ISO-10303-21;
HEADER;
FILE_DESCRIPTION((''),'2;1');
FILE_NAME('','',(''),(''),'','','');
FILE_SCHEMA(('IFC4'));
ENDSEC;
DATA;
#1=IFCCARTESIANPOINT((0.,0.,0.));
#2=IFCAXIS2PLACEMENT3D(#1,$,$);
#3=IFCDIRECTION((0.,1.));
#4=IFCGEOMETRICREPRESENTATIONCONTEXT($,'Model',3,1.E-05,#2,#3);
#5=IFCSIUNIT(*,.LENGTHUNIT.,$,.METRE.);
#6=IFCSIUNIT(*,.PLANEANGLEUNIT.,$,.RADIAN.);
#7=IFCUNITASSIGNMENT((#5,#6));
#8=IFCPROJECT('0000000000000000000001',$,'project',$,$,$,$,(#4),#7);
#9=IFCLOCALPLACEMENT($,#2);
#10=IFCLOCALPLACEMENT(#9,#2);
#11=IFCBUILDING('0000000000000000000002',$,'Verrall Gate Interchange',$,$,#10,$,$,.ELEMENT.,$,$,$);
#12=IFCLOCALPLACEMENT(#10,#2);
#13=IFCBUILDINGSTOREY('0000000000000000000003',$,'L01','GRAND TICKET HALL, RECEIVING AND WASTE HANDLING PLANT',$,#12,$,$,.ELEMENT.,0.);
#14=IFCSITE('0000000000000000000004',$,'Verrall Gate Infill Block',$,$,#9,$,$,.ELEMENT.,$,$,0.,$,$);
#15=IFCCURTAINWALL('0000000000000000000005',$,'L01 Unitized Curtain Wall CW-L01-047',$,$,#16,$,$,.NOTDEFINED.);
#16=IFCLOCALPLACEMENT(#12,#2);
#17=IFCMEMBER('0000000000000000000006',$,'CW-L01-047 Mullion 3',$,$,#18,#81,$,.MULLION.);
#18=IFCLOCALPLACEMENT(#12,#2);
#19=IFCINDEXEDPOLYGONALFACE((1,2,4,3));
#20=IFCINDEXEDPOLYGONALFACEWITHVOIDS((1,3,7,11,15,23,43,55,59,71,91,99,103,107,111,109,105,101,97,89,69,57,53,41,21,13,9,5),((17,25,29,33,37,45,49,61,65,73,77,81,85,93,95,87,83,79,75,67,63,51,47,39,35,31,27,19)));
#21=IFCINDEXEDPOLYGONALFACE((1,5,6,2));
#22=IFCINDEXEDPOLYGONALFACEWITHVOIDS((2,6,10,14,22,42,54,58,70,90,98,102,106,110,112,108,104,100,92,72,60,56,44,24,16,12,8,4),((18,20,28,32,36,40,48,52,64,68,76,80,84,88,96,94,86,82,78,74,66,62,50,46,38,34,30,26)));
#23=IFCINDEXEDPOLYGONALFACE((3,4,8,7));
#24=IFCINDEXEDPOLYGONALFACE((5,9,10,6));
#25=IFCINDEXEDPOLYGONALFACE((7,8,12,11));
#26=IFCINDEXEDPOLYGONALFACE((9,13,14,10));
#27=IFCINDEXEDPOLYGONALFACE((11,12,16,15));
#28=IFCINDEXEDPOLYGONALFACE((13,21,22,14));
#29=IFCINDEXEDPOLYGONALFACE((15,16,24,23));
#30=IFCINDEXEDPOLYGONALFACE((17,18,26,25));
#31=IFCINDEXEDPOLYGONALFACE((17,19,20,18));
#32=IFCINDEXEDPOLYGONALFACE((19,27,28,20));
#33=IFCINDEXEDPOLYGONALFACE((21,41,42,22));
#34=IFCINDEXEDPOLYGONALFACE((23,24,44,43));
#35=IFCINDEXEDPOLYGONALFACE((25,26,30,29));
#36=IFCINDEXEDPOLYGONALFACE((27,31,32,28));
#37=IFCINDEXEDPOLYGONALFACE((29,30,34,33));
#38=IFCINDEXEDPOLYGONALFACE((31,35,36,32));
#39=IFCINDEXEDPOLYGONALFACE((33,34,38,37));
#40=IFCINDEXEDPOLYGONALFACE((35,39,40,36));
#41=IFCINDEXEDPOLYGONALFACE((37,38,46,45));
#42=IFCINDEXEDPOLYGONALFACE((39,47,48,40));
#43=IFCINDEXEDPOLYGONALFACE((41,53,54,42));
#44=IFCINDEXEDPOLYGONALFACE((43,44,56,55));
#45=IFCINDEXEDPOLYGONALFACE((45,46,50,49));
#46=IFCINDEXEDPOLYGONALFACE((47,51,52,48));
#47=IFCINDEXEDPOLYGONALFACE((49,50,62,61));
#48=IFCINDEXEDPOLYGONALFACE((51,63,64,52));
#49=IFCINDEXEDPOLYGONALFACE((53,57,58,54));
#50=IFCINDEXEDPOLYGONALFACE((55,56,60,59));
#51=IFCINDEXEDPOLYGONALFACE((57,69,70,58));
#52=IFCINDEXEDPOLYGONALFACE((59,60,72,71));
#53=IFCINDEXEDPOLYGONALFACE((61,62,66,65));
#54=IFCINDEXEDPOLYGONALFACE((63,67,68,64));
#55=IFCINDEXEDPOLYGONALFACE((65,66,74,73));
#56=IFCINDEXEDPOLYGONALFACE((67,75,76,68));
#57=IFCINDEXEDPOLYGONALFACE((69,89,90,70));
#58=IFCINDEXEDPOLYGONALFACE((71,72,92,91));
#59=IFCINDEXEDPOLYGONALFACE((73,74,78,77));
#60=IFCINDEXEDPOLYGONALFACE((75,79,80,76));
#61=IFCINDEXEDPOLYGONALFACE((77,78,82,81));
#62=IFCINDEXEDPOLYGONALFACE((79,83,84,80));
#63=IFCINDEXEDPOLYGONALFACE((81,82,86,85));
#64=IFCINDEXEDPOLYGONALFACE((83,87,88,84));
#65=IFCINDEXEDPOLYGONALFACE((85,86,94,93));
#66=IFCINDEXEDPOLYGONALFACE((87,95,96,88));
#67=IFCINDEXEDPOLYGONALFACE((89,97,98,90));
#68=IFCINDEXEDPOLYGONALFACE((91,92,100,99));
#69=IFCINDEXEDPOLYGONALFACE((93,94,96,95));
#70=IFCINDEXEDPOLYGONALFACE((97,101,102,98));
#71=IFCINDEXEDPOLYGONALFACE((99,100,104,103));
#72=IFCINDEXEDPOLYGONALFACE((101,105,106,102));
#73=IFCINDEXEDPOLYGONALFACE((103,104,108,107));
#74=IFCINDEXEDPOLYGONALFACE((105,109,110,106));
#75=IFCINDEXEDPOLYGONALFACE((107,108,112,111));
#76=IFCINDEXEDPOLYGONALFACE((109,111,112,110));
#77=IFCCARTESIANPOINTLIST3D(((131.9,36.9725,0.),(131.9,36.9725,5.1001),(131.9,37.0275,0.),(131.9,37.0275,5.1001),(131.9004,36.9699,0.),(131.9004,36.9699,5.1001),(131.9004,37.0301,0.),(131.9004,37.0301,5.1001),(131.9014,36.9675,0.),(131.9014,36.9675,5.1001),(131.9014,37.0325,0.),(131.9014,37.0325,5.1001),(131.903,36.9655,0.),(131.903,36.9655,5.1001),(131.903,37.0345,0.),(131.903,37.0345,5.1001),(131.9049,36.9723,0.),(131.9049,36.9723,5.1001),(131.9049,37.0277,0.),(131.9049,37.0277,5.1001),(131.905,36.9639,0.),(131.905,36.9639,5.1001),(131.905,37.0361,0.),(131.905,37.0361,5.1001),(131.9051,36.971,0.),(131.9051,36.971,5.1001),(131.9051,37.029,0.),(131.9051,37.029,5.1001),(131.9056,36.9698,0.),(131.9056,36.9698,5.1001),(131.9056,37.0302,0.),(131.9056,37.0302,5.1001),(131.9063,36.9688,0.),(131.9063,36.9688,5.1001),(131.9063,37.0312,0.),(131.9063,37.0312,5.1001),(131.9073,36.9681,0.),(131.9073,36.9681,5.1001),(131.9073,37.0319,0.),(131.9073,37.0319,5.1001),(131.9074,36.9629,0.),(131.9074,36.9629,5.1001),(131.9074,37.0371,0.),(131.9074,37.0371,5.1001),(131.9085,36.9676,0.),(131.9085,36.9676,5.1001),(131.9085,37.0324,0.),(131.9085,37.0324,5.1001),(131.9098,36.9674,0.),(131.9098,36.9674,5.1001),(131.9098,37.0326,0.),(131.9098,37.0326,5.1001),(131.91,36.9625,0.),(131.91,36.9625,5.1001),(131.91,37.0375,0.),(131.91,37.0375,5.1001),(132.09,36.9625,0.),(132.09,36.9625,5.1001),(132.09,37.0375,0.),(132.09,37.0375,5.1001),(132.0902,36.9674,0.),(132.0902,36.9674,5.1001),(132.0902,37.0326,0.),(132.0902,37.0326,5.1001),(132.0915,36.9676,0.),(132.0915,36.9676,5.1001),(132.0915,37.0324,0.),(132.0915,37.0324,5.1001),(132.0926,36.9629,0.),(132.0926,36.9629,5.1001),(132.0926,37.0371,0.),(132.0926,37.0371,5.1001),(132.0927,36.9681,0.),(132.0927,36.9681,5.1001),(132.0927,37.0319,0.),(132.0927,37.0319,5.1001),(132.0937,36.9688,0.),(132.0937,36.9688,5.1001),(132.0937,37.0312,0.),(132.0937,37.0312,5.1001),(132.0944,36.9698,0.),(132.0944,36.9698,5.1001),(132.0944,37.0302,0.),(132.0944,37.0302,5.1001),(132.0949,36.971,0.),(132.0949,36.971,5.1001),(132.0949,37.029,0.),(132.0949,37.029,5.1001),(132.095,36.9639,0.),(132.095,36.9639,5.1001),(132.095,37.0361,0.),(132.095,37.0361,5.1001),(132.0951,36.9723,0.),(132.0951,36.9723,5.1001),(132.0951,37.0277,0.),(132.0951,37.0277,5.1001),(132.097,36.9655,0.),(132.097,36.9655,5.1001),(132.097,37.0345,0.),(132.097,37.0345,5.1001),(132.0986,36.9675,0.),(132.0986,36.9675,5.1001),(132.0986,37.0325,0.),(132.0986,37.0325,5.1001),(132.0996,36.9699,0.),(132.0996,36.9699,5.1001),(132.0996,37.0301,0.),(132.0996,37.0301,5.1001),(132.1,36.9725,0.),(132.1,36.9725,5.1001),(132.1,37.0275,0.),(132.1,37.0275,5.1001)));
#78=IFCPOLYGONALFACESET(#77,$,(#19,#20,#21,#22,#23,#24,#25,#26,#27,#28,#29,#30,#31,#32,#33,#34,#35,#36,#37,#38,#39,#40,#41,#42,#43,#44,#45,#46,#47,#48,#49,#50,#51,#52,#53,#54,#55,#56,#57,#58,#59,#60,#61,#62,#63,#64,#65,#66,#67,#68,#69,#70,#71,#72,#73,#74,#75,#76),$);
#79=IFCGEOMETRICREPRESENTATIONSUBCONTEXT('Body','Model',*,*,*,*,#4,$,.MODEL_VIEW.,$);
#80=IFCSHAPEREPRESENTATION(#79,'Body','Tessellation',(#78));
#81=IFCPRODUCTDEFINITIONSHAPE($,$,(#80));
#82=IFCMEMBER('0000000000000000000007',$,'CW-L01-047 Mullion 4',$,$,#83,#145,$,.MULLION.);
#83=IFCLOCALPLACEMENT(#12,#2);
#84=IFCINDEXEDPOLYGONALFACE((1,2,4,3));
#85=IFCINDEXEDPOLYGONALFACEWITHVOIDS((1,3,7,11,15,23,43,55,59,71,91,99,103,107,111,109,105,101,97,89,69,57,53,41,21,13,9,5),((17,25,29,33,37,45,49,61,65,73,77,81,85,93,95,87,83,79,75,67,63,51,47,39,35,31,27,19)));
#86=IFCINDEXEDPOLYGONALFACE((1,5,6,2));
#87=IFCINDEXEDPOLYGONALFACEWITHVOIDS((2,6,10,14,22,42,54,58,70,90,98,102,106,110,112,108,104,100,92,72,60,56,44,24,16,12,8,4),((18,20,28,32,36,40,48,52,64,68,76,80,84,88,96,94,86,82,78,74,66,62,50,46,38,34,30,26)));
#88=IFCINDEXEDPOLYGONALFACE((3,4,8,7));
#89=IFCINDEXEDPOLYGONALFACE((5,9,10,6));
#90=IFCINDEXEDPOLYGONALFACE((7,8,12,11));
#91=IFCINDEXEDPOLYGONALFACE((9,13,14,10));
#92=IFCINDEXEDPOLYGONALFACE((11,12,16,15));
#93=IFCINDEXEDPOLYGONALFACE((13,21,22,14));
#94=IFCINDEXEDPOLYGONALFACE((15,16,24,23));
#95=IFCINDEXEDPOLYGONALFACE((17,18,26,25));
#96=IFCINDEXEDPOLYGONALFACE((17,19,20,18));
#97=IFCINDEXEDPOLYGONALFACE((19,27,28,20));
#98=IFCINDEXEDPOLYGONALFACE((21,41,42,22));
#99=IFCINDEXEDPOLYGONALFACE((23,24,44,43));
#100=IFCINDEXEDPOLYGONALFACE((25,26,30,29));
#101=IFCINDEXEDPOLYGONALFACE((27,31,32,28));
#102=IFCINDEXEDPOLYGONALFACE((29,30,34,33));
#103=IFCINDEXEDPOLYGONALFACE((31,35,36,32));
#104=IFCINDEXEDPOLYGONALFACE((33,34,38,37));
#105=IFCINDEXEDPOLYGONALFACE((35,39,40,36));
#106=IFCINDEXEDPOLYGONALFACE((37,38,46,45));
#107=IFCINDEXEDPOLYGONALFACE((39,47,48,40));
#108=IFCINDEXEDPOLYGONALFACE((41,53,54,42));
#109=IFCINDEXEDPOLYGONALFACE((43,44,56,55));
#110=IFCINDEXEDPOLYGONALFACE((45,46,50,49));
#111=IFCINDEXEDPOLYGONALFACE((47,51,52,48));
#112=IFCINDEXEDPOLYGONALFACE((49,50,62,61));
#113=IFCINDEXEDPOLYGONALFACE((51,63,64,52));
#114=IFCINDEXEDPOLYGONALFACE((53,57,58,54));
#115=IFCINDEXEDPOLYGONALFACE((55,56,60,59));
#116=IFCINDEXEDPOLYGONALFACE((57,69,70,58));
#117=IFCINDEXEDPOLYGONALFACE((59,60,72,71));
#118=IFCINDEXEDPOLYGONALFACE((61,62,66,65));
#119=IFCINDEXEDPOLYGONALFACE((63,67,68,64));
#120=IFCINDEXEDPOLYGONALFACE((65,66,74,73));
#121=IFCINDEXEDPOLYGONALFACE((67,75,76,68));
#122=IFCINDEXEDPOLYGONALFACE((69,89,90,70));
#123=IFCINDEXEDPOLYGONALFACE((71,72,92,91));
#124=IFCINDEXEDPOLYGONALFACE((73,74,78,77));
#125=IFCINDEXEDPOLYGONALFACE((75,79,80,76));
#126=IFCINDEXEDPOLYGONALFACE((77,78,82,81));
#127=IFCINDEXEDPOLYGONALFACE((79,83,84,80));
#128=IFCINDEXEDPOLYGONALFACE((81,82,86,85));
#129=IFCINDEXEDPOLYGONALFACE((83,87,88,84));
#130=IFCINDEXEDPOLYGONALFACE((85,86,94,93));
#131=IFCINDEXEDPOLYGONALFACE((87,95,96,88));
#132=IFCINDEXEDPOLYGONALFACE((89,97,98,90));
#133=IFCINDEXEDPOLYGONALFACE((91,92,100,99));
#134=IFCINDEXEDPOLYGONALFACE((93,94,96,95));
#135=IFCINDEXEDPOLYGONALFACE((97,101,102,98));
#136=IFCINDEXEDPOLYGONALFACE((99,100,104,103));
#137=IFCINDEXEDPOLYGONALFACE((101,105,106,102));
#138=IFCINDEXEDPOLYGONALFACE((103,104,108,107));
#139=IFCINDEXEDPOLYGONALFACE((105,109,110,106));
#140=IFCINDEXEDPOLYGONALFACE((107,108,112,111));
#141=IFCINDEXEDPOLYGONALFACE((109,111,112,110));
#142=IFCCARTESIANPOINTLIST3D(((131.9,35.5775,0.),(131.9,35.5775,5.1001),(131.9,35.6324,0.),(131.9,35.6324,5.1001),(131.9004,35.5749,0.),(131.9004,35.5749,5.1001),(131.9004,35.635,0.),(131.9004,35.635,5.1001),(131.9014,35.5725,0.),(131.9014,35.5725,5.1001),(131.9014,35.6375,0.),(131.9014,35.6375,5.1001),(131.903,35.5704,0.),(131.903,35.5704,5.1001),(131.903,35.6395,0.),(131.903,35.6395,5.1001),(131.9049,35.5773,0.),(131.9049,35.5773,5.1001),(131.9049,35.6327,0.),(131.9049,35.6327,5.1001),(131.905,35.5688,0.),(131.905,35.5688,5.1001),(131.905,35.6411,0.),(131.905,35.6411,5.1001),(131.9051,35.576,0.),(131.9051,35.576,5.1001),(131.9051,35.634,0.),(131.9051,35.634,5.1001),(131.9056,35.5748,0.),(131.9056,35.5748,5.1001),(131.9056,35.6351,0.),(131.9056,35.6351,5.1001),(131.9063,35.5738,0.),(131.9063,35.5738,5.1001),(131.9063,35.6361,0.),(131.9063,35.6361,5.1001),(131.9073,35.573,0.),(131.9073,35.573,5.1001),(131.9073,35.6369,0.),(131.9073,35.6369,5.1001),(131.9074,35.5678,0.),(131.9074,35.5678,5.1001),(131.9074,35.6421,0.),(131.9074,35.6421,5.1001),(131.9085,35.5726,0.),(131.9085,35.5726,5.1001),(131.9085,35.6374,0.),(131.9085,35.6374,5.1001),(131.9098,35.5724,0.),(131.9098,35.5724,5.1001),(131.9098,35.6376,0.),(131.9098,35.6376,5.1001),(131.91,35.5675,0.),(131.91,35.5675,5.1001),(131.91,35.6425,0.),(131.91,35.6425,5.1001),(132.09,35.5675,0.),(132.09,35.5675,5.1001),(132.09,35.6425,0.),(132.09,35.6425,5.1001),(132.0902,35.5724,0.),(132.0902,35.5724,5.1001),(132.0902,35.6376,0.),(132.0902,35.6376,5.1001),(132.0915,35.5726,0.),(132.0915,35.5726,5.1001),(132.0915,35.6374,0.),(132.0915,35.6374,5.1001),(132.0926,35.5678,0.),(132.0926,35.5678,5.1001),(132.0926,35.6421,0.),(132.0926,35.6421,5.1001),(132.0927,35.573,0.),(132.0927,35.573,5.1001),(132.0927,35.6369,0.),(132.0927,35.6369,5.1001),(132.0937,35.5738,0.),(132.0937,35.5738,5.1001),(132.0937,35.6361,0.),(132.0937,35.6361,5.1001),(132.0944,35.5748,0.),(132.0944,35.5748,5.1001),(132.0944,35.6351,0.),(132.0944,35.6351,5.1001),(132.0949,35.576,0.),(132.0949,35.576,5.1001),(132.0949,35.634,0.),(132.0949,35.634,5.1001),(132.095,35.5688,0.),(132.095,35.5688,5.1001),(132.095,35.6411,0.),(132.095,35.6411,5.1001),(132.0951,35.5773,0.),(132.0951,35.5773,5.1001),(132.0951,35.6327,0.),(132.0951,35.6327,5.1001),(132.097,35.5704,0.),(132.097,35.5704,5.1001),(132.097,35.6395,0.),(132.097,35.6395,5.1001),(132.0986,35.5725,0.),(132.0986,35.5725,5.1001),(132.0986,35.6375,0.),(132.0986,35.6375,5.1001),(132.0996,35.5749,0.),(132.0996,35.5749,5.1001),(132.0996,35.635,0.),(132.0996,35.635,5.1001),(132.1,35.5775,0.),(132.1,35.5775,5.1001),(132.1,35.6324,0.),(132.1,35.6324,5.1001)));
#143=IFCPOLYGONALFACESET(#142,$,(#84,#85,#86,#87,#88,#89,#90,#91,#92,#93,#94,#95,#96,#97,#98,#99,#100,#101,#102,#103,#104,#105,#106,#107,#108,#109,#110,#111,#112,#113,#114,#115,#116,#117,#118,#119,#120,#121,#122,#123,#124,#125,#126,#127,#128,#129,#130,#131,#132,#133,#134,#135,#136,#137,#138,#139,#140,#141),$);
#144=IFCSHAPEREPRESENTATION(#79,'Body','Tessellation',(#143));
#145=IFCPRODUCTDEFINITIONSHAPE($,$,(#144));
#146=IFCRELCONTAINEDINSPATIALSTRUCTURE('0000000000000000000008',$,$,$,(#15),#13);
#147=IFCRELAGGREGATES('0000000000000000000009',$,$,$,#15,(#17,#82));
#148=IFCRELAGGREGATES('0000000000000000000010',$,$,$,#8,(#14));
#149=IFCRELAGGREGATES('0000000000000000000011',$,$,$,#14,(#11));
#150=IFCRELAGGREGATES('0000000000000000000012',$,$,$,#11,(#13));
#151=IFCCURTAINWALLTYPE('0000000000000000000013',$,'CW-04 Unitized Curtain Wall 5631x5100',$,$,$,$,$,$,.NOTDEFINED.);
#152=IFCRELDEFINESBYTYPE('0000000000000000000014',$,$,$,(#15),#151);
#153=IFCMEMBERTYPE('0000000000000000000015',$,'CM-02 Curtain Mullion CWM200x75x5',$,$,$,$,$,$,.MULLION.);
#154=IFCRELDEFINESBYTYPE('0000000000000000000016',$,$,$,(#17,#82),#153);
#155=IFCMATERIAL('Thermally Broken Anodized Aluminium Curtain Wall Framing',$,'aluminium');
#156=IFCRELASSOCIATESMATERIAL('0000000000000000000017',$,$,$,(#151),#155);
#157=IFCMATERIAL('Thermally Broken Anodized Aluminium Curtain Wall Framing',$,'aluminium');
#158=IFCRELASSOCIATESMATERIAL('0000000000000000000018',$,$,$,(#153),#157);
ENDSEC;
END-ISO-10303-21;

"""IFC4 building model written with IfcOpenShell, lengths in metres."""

from ifc_helpers import new_model, si_unit, direction, frame, origin, origin_2d, place, context, subcontext, project, spatial, hollow_rectangle, extrude, material, material_profile, profile_set, type_object, element, aggregate, save


model = new_model("IFC4")

# Units and contexts
model_context = context("Model", 3, precision=1e-05, world=origin(), true_north=direction((0.0, 1.0)))
body_context = subcontext(model_context, "Body", "Model", "MODEL_VIEW")
ifc_project = project(units=[si_unit("LENGTHUNIT", "METRE"), si_unit("PLANEANGLEUNIT", "RADIAN")], contexts=[model_context])

# Site, building, storey
site_placement = place(None, origin())
site = spatial("IfcSite", under=ifc_project, at=site_placement, Name="Verrall Gate Infill Block", CompositionType="ELEMENT", RefElevation=0.0)
building_placement = place(site_placement, origin())
building = spatial("IfcBuilding", under=site, at=building_placement, Name="Verrall Gate Interchange", CompositionType="ELEMENT")
storey_placement = place(building_placement, origin())
storey = spatial("IfcBuildingStorey", under=building, at=storey_placement, Name="L01", Description="GRAND TICKET HALL, RECEIVING AND WASTE HANDLING PLANT", CompositionType="ELEMENT", Elevation=0.0)

# Curtain wall, members
ifc_material_1 = material(Name="Thermally Broken Anodized Aluminium Curtain Wall Framing", Category="aluminium")
curtain_wall_type = type_object("IfcCurtainWallType", Name="CW-04 Unitized Curtain Wall 5631x5100", PredefinedType="NOTDEFINED", material=ifc_material_1)
curtain_wall_placement = place(storey_placement, origin())
curtain_wall = element("IfcCurtainWall", 1, at=curtain_wall_placement, inside=storey, type_object=curtain_wall_type, Name="L01 Unitized Curtain Wall CW-L01-047", PredefinedType="NOTDEFINED")
ifc_material_2 = material(Name="Thermally Broken Anodized Aluminium Curtain Wall Framing", Category="aluminium")
ifc_material_profile_1 = material_profile(ifc_material_2, hollow_rectangle(XDim=0.075, YDim=0.2, WallThickness=0.0049, InnerFilletRadius=0.0049, OuterFilletRadius=0.01, at=origin_2d()), Name="CWM200x75x5")
ifc_profile_set_1 = profile_set([ifc_material_profile_1], Name="Thermally Broken Anodized Aluminium Curtain Wall Framing")
member_type_1 = type_object("IfcMemberType", Name="CM-02 Curtain Mullion CWM200x75x5", PredefinedType="MULLION", material=ifc_profile_set_1)
member_1_placement = place(storey_placement, frame((132.0, 37.0, 0.0), z_axis=(0.0, 0.0, 1.0), x_axis=(0.0, -1.0, 0.0)))
member_1 = element("IfcMember", 2, at=member_1_placement, type_object=member_type_1, Name="CW-L01-047 Mullion 3", PredefinedType="MULLION", context=body_context, shape_type="SweptSolid", body=[
    extrude(hollow_rectangle(XDim=0.075, YDim=0.2, WallThickness=0.0049, InnerFilletRadius=0.0049, OuterFilletRadius=0.01, at=origin_2d()), origin(), (0.0, 0.0, 1.0), 5.1001),
])
member_2_placement = place(storey_placement, frame((132.0, 35.605, 0.0), z_axis=(0.0, 0.0, 1.0), x_axis=(0.0, -1.0, 0.0)))
member_2 = element("IfcMember", 3, at=member_2_placement, type_object=member_type_1, Name="CW-L01-047 Mullion 4", PredefinedType="MULLION", context=body_context, shape_type="SweptSolid", body=[
    extrude(hollow_rectangle(XDim=0.075, YDim=0.2, WallThickness=0.0049, InnerFilletRadius=0.0049, OuterFilletRadius=0.01, at=origin_2d()), origin(), (0.0, 0.0, 1.0), 5.1001),
])
aggregate(curtain_wall, [member_1, member_2])

save(model, "model.ifc")
